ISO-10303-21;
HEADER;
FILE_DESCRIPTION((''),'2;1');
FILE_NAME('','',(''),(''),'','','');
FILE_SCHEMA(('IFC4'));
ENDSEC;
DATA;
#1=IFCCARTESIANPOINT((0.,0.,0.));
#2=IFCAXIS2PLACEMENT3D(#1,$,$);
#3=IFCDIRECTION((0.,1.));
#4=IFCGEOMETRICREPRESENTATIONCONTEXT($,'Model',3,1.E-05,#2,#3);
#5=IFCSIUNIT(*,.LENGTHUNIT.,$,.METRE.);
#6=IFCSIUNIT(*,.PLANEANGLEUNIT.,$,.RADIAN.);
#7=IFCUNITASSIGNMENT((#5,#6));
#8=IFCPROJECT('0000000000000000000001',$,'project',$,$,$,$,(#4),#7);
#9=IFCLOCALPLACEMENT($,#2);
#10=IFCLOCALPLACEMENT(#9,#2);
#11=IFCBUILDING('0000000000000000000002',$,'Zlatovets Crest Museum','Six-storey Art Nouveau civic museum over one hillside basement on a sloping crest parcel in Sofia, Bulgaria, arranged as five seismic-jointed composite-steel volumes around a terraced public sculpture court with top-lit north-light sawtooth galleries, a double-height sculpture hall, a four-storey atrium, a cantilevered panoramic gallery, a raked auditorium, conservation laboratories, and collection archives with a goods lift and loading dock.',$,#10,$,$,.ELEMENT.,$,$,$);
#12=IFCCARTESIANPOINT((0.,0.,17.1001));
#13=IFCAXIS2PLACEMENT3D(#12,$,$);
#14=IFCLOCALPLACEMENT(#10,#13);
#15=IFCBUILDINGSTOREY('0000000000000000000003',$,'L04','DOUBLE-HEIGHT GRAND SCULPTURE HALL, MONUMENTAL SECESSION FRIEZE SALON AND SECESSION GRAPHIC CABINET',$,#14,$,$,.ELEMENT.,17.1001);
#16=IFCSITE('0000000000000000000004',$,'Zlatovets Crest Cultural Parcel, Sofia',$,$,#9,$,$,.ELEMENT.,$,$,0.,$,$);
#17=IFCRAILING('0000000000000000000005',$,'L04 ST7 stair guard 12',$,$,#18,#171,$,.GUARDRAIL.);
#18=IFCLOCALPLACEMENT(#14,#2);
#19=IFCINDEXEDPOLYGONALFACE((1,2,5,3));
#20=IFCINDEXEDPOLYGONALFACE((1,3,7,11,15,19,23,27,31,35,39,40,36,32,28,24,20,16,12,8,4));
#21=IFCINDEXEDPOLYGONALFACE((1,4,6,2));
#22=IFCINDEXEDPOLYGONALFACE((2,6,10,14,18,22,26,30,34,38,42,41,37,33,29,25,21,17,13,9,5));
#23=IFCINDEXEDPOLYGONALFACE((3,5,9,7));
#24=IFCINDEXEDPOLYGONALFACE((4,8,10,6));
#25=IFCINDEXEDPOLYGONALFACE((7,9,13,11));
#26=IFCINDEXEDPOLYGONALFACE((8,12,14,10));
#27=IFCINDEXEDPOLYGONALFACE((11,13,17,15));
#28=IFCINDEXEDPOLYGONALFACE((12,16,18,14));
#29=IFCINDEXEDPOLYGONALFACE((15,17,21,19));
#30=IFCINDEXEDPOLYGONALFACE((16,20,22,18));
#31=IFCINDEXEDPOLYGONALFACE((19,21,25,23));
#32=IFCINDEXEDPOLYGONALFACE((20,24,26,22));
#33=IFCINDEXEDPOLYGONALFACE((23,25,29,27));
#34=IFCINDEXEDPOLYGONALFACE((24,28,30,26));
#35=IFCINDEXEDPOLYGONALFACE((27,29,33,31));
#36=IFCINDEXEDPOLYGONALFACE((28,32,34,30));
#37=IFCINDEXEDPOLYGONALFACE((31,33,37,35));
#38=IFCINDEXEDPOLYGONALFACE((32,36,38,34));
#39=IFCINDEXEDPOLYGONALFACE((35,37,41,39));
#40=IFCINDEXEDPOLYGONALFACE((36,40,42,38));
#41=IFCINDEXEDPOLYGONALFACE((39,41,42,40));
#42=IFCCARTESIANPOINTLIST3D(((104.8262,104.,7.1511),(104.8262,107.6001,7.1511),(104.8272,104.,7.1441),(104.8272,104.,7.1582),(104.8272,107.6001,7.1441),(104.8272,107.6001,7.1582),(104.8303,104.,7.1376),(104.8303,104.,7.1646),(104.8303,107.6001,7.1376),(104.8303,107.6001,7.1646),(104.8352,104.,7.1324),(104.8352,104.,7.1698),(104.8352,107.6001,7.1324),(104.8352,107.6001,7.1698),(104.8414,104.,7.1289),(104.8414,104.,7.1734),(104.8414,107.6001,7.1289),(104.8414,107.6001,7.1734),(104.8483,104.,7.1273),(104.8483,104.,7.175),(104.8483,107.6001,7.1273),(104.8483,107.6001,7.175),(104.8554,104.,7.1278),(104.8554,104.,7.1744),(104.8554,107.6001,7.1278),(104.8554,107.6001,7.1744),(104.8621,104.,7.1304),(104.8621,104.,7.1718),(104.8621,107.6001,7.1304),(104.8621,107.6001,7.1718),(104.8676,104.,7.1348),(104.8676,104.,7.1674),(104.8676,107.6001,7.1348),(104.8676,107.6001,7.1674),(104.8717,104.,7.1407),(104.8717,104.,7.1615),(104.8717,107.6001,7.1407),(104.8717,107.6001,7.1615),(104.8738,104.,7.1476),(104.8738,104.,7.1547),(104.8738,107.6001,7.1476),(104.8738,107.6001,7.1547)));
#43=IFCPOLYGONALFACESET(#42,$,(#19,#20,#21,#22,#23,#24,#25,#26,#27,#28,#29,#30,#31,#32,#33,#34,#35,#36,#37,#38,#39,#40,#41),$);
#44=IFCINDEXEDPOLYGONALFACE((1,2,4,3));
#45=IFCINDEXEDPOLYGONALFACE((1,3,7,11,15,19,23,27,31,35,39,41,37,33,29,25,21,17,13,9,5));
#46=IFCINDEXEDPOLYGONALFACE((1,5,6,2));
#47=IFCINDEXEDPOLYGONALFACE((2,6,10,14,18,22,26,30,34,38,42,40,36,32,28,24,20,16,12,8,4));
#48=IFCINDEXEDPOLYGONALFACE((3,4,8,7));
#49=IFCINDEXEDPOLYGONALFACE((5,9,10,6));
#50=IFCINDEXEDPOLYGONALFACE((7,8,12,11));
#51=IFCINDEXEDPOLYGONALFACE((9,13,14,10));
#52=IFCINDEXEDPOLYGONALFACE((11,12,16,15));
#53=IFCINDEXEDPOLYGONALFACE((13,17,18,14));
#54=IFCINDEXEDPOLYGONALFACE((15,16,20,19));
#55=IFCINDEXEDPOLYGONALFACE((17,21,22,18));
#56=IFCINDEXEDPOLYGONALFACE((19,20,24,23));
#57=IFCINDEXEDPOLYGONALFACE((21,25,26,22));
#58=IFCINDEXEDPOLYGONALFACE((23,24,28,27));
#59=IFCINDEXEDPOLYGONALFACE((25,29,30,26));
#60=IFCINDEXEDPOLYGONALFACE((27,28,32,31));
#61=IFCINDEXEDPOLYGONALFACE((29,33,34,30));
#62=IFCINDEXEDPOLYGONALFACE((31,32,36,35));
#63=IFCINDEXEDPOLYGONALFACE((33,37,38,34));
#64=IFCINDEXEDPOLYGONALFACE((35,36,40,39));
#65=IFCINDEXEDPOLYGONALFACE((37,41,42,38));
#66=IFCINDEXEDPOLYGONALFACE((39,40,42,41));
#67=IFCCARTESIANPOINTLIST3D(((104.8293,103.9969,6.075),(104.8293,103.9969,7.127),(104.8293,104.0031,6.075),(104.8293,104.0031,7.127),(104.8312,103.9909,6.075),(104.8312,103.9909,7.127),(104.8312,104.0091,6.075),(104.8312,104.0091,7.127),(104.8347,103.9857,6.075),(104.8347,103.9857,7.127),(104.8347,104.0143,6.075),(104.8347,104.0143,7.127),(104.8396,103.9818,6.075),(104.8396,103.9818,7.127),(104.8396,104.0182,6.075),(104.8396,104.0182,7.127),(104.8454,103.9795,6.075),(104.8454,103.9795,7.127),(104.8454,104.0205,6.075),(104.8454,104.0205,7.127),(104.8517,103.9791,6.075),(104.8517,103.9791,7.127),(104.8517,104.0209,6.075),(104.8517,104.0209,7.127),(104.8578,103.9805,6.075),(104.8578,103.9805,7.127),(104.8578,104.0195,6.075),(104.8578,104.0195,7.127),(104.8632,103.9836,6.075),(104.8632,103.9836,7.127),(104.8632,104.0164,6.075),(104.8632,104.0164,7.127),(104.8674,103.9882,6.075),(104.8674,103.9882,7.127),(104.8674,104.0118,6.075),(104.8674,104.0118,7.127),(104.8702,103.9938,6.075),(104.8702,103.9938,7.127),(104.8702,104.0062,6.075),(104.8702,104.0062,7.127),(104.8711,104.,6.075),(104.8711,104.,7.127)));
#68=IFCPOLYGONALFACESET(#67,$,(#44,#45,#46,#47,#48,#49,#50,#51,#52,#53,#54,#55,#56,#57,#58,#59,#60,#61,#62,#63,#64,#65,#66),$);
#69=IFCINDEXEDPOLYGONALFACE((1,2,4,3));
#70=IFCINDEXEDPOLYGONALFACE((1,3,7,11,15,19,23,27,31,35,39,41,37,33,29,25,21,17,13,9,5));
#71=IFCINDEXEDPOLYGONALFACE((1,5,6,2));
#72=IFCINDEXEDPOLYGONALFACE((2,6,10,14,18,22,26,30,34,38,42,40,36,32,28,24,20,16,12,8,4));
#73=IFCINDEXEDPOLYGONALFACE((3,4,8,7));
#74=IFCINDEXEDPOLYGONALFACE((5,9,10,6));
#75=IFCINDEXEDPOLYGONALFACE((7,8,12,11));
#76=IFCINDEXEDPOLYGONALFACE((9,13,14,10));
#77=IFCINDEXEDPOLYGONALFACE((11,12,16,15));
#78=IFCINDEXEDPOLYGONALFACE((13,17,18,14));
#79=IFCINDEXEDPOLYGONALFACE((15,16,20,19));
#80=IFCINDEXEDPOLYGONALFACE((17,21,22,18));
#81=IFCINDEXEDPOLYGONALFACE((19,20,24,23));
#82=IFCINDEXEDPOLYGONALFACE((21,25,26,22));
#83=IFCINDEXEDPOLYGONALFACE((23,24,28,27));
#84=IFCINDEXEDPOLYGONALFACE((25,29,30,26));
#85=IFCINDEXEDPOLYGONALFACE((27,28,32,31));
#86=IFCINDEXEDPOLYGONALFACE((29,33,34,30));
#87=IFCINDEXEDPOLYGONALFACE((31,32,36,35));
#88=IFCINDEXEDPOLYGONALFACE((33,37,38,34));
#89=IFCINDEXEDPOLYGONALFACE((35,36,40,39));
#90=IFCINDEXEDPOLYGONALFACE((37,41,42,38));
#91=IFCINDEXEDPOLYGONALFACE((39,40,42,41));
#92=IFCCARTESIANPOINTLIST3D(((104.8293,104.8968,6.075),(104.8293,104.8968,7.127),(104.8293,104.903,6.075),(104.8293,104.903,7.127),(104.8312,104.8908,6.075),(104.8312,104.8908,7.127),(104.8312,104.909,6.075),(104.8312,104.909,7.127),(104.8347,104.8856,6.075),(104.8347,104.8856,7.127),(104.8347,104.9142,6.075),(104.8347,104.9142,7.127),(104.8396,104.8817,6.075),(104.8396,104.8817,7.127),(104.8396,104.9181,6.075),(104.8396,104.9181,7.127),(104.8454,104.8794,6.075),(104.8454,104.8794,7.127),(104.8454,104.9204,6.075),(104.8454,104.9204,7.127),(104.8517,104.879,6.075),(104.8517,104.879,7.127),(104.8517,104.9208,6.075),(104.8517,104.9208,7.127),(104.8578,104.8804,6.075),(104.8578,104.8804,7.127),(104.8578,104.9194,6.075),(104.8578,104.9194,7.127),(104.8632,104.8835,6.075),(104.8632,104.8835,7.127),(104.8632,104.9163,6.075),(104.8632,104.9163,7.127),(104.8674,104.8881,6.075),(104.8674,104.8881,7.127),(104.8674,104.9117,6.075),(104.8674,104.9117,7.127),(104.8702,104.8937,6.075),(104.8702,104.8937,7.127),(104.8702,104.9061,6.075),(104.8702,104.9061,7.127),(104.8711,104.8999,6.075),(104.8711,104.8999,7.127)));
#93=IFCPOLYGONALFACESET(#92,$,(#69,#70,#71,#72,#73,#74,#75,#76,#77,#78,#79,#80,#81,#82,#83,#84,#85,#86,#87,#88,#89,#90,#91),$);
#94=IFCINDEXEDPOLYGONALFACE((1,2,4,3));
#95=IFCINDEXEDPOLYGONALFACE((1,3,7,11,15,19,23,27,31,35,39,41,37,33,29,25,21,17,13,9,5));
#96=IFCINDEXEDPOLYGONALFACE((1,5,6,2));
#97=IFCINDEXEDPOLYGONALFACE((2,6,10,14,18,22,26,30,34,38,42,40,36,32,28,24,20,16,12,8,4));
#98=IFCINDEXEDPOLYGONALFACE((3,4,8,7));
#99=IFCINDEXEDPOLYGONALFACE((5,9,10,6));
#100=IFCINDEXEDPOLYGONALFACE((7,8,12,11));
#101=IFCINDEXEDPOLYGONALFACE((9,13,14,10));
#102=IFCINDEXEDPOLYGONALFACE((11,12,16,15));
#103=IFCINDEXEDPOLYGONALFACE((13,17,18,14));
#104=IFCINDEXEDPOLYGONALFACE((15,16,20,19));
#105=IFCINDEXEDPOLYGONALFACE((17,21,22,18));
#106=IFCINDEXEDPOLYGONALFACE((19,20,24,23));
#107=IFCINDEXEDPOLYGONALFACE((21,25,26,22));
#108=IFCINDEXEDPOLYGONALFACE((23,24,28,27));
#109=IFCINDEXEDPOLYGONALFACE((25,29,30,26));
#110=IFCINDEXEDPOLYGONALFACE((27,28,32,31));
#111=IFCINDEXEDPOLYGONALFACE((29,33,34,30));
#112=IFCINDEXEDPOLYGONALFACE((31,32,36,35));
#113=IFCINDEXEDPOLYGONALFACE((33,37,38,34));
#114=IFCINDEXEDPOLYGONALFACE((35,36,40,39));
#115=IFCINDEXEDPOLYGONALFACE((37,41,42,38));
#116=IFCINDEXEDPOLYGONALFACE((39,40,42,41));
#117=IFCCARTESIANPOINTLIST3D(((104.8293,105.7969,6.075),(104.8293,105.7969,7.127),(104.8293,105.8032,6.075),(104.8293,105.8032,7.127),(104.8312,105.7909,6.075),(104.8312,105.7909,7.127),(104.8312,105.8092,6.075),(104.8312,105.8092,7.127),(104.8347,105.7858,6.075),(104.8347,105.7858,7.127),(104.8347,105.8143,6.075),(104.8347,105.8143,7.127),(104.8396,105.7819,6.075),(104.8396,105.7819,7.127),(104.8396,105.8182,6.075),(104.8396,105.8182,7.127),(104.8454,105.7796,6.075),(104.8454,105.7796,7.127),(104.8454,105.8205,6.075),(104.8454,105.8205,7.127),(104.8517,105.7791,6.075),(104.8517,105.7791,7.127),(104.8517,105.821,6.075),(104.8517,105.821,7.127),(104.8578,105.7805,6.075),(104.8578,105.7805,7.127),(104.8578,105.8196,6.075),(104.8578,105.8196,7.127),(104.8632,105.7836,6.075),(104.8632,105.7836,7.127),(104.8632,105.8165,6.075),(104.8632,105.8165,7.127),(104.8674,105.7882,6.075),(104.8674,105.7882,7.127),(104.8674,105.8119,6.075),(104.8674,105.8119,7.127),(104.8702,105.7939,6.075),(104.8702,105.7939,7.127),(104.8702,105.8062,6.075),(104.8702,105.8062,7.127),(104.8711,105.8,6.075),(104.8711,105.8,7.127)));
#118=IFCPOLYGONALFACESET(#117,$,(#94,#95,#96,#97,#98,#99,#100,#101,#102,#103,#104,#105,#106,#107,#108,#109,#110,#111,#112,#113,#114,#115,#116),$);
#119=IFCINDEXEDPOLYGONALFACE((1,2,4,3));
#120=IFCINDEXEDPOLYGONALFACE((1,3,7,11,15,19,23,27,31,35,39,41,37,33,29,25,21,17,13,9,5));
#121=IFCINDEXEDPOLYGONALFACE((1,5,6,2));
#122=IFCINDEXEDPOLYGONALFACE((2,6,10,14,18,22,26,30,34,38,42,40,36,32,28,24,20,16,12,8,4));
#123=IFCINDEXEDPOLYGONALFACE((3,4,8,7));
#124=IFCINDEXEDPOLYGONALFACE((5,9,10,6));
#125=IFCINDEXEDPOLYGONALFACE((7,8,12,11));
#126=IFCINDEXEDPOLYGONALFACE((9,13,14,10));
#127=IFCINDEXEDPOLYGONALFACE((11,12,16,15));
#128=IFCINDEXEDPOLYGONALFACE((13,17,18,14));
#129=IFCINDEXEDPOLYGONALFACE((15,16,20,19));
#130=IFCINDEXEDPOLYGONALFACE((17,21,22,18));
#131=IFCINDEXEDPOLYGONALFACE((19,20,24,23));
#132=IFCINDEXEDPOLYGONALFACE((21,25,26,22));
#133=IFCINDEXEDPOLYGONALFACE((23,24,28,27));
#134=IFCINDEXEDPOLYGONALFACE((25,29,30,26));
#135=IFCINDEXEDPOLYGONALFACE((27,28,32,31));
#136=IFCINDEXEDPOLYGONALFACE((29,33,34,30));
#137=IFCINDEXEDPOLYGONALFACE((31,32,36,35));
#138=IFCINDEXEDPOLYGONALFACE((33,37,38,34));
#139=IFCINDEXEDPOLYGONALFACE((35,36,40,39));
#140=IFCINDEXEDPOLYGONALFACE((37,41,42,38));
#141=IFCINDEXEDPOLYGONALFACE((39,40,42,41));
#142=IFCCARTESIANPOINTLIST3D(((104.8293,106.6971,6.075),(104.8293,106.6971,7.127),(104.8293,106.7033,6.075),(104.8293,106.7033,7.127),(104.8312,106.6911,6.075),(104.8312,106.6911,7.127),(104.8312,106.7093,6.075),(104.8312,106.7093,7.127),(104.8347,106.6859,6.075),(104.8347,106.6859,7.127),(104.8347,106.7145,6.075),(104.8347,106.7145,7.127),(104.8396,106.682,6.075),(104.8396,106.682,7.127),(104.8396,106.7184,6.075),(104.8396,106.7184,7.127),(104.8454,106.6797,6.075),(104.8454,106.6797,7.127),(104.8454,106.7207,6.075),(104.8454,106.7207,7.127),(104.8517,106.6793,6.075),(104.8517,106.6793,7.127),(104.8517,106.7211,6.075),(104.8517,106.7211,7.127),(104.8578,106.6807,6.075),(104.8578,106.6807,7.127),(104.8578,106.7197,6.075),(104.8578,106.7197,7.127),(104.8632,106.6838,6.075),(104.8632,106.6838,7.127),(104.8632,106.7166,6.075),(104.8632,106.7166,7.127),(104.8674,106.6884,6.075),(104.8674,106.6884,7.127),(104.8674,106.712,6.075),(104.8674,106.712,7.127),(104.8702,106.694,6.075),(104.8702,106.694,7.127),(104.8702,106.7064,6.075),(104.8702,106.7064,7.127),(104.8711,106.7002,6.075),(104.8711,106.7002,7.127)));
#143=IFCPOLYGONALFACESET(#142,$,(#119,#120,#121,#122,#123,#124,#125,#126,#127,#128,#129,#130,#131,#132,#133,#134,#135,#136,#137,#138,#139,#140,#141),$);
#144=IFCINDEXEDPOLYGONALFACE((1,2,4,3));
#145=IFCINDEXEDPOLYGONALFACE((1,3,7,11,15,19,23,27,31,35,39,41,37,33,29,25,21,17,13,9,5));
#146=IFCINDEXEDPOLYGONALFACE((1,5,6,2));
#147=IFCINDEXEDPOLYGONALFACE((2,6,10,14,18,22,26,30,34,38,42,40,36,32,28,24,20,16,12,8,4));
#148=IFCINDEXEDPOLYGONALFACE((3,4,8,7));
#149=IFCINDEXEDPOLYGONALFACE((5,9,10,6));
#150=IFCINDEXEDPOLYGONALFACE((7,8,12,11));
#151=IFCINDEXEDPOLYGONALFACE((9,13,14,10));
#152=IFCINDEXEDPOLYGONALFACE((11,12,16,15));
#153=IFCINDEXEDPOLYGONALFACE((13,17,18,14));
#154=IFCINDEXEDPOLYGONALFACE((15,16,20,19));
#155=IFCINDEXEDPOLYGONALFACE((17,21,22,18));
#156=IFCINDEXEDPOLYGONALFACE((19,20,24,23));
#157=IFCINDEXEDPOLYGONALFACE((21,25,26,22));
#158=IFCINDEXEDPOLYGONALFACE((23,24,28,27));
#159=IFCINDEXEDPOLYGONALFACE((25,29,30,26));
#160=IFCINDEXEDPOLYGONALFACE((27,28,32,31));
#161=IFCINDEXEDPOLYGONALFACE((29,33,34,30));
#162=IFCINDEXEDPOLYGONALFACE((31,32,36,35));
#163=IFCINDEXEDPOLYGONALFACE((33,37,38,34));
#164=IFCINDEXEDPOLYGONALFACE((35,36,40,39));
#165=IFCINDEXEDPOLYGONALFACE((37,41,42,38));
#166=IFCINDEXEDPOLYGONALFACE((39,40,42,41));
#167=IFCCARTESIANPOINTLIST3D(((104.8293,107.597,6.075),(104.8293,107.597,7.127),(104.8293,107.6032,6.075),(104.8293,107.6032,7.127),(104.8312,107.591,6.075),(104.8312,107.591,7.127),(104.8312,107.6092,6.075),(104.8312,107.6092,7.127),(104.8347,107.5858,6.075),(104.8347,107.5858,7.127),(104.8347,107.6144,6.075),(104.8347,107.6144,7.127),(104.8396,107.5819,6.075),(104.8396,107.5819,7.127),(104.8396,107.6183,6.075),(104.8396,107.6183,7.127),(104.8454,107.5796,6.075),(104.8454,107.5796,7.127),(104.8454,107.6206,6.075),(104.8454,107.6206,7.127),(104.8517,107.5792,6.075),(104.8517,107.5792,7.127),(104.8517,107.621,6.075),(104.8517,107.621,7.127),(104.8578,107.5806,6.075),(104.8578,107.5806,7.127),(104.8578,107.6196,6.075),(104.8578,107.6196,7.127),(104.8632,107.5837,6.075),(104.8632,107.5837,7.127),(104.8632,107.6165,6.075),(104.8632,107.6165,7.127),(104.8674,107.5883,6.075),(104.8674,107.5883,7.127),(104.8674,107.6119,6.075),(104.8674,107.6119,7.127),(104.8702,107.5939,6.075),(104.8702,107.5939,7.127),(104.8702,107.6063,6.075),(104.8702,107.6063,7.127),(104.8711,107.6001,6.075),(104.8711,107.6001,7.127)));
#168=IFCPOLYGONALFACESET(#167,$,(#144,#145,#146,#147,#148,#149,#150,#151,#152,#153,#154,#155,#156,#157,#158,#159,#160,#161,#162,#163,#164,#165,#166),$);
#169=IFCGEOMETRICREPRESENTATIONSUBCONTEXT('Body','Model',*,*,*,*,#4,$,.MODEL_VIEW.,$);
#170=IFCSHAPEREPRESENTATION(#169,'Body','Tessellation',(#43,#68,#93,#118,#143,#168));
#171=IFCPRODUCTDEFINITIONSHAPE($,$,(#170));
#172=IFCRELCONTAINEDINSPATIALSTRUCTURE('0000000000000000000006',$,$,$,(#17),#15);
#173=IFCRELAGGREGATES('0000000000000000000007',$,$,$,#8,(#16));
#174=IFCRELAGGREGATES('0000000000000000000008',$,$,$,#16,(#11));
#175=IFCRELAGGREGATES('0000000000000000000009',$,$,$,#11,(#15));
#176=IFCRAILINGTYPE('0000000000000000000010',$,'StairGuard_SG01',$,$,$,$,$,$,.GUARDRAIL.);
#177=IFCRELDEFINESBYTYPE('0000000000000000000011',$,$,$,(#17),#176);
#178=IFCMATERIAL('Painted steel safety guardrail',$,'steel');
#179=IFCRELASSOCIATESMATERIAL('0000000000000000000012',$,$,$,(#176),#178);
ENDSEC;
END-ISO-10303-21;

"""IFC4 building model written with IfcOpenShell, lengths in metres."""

from ifc_helpers import new_model, si_unit, direction, frame, origin, origin_2d, place, context, subcontext, project, spatial, circle, extrude, material, type_object, element, save


model = new_model("IFC4")

# Units and contexts
model_context = context("Model", 3, precision=1e-05, world=origin(), true_north=direction((0.0, 1.0)))
body_context = subcontext(model_context, "Body", "Model", "MODEL_VIEW")
ifc_project = project(units=[si_unit("LENGTHUNIT", "METRE"), si_unit("PLANEANGLEUNIT", "RADIAN")], contexts=[model_context])

# Site, building, storey
site_placement = place(None, origin())
site = spatial("IfcSite", under=ifc_project, at=site_placement, Name="Zlatovets Crest Cultural Parcel, Sofia", CompositionType="ELEMENT", RefElevation=0.0)
building_placement = place(site_placement, origin())
building = spatial("IfcBuilding", under=site, at=building_placement, Name="Zlatovets Crest Museum", Description="Six-storey Art Nouveau civic museum over one hillside basement on a sloping crest parcel in Sofia, Bulgaria, arranged as five seismic-jointed composite-steel volumes around a terraced public sculpture court with top-lit north-light sawtooth galleries, a double-height sculpture hall, a four-storey atrium, a cantilevered panoramic gallery, a raked auditorium, conservation laboratories, and collection archives with a goods lift and loading dock.", CompositionType="ELEMENT")
storey_placement = place(building_placement, frame((0.0, 0.0, 17.1001)))
storey = spatial("IfcBuildingStorey", under=building, at=storey_placement, Name="L04", Description="DOUBLE-HEIGHT GRAND SCULPTURE HALL, MONUMENTAL SECESSION FRIEZE SALON AND SECESSION GRAPHIC CABINET", CompositionType="ELEMENT", Elevation=17.1001)

# Railing
ifc_material_1 = material(Name="Painted steel safety guardrail", Category="steel")
railing_type_1 = type_object("IfcRailingType", Name="StairGuard_SG01", PredefinedType="GUARDRAIL", material=ifc_material_1)
for number, where, name in (
    (1, (104.8501, 104.0, 6.075), "L04 ST7 stair guard 12"),
):
    element("IfcRailing", number, at=place(storey_placement, frame(where)), inside=storey, type_object=railing_type_1, Name=name, PredefinedType="GUARDRAIL", context=body_context, shape_type="SweptSolid", body=[
        extrude(circle(Radius=0.0239, at=origin_2d()), frame((0.0, 0.0, 1.0762), z_axis=(0.0, 1.0, 0.0), x_axis=(-1.0, 0.0, 0.0)), (0.0, 0.0, 1.0), 3.6001),
        extrude(circle(Radius=0.021, at=origin_2d()), origin(), (0.0, 0.0, 1.0), 1.052),
        extrude(circle(Radius=0.021, at=origin_2d()), frame((0.0, 0.8999, 0.0)), (0.0, 0.0, 1.0), 1.052),
        extrude(circle(Radius=0.021, at=origin_2d()), frame((0.0, 1.8, 0.0)), (0.0, 0.0, 1.0), 1.052),
        extrude(circle(Radius=0.021, at=origin_2d()), frame((0.0, 2.7002, 0.0)), (0.0, 0.0, 1.0), 1.052),
        extrude(circle(Radius=0.021, at=origin_2d()), frame((0.0, 3.6001, 0.0)), (0.0, 0.0, 1.0), 1.052),
    ])

save(model, "model.ifc")
